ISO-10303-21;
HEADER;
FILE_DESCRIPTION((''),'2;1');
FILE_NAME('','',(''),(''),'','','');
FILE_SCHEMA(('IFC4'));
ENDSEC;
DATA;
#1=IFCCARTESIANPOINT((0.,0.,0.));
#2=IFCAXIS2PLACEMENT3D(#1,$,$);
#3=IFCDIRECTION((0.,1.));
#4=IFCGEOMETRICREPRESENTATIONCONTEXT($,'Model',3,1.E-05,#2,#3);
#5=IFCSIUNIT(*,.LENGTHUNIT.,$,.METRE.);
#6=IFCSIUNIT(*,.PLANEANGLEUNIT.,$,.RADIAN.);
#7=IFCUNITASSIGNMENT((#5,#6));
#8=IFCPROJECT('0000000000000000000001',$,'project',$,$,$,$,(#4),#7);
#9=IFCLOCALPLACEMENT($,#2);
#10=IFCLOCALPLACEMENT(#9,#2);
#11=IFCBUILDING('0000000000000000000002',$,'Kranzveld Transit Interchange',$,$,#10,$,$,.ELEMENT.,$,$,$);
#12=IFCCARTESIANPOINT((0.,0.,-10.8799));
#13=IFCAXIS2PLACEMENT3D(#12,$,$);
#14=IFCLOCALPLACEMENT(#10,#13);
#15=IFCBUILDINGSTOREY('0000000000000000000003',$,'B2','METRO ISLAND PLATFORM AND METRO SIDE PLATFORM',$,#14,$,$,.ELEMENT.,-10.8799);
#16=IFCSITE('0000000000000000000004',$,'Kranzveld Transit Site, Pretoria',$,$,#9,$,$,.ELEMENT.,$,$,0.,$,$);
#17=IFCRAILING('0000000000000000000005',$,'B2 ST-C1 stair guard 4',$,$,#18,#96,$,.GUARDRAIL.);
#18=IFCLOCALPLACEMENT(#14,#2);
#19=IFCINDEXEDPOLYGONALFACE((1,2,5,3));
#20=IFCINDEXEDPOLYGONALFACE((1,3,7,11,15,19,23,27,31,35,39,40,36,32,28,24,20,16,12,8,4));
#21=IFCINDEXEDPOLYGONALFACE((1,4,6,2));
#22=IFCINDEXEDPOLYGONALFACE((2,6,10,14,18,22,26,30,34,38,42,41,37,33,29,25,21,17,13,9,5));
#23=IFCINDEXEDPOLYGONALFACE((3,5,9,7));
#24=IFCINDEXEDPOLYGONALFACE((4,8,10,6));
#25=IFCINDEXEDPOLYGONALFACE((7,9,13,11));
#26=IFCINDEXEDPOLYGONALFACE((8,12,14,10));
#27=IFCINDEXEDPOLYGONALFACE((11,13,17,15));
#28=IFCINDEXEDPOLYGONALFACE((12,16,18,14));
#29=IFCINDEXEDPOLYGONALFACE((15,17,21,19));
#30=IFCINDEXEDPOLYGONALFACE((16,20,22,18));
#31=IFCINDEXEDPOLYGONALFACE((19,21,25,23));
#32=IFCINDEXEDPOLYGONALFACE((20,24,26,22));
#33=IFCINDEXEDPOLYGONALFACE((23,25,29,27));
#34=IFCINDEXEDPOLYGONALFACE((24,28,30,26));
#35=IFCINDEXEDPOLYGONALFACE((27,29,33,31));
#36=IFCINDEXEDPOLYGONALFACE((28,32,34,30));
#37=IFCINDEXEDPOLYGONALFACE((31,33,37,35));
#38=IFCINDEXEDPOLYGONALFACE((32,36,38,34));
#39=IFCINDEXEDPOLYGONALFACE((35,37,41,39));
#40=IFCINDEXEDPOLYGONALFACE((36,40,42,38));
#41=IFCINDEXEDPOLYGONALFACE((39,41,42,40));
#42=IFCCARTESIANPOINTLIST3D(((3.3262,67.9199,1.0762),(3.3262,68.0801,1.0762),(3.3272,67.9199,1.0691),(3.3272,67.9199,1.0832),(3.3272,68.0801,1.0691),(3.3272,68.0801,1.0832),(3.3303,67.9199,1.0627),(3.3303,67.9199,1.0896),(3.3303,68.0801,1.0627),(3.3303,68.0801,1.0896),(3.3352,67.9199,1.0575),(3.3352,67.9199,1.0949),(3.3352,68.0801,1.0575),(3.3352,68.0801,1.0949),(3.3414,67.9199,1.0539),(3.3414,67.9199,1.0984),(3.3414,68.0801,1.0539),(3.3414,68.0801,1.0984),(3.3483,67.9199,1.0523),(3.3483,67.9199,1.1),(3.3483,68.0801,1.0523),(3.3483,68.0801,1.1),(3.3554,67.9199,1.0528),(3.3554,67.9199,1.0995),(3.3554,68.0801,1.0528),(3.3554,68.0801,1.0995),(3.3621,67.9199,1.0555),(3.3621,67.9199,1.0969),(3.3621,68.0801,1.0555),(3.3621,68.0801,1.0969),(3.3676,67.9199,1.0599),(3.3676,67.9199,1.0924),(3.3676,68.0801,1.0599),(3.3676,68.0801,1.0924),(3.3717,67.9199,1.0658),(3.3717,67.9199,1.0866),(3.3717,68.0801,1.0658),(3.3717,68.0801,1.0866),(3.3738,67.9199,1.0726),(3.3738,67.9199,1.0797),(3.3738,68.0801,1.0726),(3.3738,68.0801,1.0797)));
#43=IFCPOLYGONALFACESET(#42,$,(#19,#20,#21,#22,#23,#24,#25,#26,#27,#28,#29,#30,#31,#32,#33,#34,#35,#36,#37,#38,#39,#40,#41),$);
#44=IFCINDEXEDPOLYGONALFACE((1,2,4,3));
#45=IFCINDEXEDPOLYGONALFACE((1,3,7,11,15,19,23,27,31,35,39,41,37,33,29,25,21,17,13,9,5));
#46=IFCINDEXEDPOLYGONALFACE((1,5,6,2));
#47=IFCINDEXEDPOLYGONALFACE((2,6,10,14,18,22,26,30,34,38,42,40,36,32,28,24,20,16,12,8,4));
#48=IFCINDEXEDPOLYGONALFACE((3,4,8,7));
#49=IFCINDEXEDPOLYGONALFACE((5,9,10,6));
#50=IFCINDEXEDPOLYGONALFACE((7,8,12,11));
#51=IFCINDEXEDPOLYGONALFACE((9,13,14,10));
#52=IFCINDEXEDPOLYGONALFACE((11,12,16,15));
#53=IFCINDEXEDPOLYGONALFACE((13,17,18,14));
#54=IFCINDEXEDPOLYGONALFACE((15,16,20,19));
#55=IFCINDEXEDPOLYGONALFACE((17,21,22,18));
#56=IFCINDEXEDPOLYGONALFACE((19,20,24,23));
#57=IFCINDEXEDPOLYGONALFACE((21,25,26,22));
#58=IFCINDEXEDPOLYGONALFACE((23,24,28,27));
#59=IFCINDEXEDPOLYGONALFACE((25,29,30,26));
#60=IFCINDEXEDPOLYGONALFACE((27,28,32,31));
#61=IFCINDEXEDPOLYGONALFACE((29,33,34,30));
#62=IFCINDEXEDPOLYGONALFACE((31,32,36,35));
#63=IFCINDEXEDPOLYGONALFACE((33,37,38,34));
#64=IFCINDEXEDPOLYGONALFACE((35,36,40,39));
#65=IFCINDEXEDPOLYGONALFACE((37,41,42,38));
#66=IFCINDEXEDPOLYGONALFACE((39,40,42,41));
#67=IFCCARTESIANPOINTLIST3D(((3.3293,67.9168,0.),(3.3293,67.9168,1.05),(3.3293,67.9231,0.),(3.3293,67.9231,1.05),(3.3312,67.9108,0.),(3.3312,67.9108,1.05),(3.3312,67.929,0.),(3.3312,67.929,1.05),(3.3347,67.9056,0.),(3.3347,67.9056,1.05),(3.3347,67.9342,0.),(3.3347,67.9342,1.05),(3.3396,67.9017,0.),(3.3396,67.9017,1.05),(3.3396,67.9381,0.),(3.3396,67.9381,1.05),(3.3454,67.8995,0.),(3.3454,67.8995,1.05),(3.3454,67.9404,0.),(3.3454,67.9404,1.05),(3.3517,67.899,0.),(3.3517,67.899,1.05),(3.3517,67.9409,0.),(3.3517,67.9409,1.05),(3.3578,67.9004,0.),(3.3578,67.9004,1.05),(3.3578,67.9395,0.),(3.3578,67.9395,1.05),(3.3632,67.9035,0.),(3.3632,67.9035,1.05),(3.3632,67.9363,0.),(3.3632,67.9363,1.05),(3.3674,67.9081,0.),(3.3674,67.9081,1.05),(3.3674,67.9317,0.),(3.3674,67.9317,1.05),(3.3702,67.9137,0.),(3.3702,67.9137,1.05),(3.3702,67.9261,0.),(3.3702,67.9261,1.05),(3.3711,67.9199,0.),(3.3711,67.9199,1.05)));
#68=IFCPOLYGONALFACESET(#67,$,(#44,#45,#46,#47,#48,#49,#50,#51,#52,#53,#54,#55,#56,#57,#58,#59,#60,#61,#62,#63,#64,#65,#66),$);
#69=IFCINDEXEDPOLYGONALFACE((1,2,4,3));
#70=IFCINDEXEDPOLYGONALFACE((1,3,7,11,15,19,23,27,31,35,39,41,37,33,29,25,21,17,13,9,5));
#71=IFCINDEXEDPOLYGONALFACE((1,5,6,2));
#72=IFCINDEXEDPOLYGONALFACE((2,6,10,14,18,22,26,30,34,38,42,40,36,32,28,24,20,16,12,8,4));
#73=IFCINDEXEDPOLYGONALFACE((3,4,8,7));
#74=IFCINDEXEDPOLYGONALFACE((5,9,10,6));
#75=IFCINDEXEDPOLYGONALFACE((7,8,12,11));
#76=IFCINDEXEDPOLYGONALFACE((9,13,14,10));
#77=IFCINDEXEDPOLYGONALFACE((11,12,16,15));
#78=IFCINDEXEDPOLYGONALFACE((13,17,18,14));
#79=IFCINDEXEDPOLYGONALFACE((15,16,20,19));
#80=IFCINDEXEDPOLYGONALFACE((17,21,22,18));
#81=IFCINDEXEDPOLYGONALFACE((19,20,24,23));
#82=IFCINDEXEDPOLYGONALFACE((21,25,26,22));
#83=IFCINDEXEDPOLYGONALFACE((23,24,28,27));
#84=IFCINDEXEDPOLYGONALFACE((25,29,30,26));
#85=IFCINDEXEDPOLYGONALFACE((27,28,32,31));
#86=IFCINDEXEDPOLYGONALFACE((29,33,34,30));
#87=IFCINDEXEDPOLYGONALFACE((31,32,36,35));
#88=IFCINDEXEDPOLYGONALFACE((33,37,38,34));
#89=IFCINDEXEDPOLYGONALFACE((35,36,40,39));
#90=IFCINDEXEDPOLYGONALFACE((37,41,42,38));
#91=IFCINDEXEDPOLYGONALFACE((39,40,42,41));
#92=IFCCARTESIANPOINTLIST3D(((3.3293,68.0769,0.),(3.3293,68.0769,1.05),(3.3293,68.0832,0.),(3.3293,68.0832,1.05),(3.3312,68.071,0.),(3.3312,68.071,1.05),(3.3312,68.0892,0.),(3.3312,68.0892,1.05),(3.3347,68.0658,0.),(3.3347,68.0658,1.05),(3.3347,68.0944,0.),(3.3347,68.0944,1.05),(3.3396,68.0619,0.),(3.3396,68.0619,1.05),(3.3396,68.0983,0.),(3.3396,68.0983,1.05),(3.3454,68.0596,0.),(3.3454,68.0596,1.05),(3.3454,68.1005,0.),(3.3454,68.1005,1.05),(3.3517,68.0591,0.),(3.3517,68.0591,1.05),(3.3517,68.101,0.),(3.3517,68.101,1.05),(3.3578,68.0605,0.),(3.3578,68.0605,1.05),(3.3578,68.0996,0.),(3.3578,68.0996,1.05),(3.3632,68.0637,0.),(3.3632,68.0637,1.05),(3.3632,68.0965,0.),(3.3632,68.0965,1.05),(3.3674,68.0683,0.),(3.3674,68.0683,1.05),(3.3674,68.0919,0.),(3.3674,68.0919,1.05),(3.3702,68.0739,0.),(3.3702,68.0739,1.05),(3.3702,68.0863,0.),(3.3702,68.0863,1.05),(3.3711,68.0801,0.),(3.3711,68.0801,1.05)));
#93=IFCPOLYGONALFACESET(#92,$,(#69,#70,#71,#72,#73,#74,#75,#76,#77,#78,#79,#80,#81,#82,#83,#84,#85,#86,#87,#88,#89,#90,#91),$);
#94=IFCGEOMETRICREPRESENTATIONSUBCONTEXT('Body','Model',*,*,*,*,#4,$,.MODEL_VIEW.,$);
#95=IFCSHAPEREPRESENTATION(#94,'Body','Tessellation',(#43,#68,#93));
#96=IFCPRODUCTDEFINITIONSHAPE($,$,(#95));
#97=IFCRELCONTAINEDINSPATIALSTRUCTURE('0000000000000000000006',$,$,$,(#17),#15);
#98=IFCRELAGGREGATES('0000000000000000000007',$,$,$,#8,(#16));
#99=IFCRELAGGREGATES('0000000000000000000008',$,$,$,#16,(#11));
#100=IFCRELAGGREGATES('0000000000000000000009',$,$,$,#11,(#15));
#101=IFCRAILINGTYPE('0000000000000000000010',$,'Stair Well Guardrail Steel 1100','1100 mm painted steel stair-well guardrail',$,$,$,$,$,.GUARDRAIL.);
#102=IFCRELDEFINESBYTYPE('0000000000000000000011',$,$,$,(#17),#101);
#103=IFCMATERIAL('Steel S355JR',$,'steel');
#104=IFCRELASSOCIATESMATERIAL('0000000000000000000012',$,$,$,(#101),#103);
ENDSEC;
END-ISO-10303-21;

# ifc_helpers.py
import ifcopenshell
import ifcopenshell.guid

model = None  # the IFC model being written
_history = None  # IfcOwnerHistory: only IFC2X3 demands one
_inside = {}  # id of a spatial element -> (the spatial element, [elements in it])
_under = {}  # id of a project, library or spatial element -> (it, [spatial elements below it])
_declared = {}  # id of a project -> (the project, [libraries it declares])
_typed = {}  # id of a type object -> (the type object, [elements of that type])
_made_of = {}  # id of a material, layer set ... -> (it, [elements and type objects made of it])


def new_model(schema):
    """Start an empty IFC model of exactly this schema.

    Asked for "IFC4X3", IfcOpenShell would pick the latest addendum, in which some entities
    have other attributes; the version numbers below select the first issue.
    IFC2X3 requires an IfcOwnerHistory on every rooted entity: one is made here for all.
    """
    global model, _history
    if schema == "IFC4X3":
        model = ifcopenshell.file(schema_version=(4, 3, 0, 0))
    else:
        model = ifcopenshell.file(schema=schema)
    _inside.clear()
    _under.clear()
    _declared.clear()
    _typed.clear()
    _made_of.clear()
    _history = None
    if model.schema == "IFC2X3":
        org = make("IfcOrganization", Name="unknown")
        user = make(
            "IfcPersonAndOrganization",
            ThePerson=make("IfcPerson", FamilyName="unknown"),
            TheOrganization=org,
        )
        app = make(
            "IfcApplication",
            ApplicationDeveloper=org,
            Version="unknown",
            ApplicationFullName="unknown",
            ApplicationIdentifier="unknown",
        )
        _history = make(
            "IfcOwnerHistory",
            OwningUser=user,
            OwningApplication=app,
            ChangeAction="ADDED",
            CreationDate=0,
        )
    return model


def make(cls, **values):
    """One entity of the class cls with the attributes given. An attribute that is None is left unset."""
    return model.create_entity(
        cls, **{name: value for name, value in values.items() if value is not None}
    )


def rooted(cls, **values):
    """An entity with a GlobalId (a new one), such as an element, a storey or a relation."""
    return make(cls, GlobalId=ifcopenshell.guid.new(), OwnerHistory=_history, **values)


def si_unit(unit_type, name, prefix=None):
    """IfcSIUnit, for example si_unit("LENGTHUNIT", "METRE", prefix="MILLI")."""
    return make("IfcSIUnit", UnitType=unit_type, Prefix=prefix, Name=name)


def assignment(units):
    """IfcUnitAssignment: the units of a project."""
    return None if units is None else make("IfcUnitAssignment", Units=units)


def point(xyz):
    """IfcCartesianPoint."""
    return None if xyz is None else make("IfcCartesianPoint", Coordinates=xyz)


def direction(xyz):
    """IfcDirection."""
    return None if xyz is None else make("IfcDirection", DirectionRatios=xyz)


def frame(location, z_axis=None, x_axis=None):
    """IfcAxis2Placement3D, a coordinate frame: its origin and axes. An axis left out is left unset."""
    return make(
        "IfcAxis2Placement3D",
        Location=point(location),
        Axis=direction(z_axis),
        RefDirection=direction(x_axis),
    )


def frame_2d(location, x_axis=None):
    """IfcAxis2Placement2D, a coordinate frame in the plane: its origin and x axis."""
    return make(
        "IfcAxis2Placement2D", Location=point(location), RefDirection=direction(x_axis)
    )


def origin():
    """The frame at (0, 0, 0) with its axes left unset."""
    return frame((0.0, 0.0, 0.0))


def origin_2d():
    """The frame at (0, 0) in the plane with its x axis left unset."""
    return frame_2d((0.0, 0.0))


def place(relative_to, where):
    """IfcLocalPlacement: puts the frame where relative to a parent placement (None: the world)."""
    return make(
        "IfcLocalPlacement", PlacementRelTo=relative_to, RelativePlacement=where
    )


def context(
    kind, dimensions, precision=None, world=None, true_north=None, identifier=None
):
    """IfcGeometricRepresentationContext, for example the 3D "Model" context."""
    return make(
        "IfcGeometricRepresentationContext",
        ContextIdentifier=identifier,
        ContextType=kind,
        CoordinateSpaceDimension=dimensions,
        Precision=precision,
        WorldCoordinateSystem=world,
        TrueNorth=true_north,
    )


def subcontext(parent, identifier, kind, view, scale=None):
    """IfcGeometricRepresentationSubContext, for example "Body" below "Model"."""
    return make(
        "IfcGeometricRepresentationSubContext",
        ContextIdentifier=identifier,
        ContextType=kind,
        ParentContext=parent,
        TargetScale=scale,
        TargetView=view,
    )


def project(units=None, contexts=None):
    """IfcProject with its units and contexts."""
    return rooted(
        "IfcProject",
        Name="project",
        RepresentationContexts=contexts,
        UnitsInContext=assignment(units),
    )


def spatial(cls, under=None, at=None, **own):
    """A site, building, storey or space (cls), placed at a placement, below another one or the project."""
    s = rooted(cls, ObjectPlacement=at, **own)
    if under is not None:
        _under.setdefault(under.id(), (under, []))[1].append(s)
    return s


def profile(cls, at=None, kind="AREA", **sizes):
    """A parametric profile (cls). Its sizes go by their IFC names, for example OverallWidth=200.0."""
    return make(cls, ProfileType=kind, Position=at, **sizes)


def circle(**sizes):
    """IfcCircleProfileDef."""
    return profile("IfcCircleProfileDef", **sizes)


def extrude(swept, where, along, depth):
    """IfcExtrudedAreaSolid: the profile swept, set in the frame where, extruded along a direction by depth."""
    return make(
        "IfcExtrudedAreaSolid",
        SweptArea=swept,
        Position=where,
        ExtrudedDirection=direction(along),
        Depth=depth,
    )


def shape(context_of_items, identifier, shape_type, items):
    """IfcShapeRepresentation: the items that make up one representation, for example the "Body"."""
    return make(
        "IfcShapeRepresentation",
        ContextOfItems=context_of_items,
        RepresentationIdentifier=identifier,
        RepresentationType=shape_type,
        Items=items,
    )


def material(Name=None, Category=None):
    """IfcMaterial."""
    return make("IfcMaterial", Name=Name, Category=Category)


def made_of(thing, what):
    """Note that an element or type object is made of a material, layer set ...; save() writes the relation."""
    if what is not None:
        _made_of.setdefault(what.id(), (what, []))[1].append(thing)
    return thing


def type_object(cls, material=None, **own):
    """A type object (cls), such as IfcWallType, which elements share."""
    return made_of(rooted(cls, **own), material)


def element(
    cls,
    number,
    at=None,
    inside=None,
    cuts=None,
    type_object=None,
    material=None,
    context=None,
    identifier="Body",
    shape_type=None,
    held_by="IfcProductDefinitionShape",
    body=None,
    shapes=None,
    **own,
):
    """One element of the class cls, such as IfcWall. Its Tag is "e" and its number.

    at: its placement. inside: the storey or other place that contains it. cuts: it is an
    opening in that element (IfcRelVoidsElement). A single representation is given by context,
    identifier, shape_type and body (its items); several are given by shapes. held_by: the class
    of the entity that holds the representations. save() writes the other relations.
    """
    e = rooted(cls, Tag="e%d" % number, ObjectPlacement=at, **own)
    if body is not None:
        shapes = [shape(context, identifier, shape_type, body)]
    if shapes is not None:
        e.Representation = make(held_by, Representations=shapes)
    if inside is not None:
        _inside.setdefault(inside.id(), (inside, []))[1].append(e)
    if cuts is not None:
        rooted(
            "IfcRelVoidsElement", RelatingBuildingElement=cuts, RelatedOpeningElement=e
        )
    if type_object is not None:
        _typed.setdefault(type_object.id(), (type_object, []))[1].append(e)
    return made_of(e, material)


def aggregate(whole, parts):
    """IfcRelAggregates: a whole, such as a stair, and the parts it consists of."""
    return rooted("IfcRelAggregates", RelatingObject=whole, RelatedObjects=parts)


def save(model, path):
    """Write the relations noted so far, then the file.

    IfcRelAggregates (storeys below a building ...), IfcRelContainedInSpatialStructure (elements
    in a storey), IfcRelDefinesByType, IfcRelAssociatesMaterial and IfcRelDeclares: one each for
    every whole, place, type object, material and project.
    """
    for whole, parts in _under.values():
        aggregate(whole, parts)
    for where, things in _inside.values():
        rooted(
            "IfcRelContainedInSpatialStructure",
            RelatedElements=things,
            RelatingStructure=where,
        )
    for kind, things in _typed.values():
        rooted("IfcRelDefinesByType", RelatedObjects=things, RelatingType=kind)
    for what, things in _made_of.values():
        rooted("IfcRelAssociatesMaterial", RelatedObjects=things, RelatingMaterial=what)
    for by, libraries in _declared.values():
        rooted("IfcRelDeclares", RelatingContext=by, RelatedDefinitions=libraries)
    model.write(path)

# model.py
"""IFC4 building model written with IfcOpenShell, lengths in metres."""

from ifc_helpers import new_model, si_unit, direction, frame, origin, origin_2d, place, context, subcontext, project, spatial, circle, extrude, material, type_object, element, save


model = new_model("IFC4")

# Units and contexts
model_context = context("Model", 3, precision=1e-05, world=origin(), true_north=direction((0.0, 1.0)))
body_context = subcontext(model_context, "Body", "Model", "MODEL_VIEW")
ifc_project = project(units=[si_unit("LENGTHUNIT", "METRE"), si_unit("PLANEANGLEUNIT", "RADIAN")], contexts=[model_context])

# Site, building, storey
site_placement = place(None, origin())
site = spatial("IfcSite", under=ifc_project, at=site_placement, Name="Kranzveld Transit Site, Pretoria", CompositionType="ELEMENT", RefElevation=0.0)
building_placement = place(site_placement, origin())
building = spatial("IfcBuilding", under=site, at=building_placement, Name="Kranzveld Transit Interchange", CompositionType="ELEMENT")
storey_placement = place(building_placement, frame((0.0, 0.0, -10.8799)))
storey = spatial("IfcBuildingStorey", under=building, at=storey_placement, Name="B2", Description="METRO ISLAND PLATFORM AND METRO SIDE PLATFORM", CompositionType="ELEMENT", Elevation=-10.8799)

# Railing
ifc_material_1 = material(Name="Steel S355JR", Category="steel")
railing_type_1 = type_object("IfcRailingType", Name="Stair Well Guardrail Steel 1100", Description="1100 mm painted steel stair-well guardrail", PredefinedType="GUARDRAIL", material=ifc_material_1)
railing_1_placement = place(storey_placement, frame((3.3501, 67.9199, 0.0)))
element("IfcRailing", 1, at=railing_1_placement, inside=storey, type_object=railing_type_1, Name="B2 ST-C1 stair guard 4", PredefinedType="GUARDRAIL", context=body_context, shape_type="SweptSolid", body=[
    extrude(circle(Radius=0.0239, at=origin_2d()), frame((0.0, 0.0, 1.0762), z_axis=(0.0, 1.0, 0.0), x_axis=(-1.0, 0.0, 0.0)), (0.0, 0.0, 1.0), 0.1602),
    extrude(circle(Radius=0.021, at=origin_2d()), origin(), (0.0, 0.0, 1.0), 1.05),
    extrude(circle(Radius=0.021, at=origin_2d()), frame((0.0, 0.1602, 0.0)), (0.0, 0.0, 1.0), 1.05),
])

save(model, "model.ifc")
